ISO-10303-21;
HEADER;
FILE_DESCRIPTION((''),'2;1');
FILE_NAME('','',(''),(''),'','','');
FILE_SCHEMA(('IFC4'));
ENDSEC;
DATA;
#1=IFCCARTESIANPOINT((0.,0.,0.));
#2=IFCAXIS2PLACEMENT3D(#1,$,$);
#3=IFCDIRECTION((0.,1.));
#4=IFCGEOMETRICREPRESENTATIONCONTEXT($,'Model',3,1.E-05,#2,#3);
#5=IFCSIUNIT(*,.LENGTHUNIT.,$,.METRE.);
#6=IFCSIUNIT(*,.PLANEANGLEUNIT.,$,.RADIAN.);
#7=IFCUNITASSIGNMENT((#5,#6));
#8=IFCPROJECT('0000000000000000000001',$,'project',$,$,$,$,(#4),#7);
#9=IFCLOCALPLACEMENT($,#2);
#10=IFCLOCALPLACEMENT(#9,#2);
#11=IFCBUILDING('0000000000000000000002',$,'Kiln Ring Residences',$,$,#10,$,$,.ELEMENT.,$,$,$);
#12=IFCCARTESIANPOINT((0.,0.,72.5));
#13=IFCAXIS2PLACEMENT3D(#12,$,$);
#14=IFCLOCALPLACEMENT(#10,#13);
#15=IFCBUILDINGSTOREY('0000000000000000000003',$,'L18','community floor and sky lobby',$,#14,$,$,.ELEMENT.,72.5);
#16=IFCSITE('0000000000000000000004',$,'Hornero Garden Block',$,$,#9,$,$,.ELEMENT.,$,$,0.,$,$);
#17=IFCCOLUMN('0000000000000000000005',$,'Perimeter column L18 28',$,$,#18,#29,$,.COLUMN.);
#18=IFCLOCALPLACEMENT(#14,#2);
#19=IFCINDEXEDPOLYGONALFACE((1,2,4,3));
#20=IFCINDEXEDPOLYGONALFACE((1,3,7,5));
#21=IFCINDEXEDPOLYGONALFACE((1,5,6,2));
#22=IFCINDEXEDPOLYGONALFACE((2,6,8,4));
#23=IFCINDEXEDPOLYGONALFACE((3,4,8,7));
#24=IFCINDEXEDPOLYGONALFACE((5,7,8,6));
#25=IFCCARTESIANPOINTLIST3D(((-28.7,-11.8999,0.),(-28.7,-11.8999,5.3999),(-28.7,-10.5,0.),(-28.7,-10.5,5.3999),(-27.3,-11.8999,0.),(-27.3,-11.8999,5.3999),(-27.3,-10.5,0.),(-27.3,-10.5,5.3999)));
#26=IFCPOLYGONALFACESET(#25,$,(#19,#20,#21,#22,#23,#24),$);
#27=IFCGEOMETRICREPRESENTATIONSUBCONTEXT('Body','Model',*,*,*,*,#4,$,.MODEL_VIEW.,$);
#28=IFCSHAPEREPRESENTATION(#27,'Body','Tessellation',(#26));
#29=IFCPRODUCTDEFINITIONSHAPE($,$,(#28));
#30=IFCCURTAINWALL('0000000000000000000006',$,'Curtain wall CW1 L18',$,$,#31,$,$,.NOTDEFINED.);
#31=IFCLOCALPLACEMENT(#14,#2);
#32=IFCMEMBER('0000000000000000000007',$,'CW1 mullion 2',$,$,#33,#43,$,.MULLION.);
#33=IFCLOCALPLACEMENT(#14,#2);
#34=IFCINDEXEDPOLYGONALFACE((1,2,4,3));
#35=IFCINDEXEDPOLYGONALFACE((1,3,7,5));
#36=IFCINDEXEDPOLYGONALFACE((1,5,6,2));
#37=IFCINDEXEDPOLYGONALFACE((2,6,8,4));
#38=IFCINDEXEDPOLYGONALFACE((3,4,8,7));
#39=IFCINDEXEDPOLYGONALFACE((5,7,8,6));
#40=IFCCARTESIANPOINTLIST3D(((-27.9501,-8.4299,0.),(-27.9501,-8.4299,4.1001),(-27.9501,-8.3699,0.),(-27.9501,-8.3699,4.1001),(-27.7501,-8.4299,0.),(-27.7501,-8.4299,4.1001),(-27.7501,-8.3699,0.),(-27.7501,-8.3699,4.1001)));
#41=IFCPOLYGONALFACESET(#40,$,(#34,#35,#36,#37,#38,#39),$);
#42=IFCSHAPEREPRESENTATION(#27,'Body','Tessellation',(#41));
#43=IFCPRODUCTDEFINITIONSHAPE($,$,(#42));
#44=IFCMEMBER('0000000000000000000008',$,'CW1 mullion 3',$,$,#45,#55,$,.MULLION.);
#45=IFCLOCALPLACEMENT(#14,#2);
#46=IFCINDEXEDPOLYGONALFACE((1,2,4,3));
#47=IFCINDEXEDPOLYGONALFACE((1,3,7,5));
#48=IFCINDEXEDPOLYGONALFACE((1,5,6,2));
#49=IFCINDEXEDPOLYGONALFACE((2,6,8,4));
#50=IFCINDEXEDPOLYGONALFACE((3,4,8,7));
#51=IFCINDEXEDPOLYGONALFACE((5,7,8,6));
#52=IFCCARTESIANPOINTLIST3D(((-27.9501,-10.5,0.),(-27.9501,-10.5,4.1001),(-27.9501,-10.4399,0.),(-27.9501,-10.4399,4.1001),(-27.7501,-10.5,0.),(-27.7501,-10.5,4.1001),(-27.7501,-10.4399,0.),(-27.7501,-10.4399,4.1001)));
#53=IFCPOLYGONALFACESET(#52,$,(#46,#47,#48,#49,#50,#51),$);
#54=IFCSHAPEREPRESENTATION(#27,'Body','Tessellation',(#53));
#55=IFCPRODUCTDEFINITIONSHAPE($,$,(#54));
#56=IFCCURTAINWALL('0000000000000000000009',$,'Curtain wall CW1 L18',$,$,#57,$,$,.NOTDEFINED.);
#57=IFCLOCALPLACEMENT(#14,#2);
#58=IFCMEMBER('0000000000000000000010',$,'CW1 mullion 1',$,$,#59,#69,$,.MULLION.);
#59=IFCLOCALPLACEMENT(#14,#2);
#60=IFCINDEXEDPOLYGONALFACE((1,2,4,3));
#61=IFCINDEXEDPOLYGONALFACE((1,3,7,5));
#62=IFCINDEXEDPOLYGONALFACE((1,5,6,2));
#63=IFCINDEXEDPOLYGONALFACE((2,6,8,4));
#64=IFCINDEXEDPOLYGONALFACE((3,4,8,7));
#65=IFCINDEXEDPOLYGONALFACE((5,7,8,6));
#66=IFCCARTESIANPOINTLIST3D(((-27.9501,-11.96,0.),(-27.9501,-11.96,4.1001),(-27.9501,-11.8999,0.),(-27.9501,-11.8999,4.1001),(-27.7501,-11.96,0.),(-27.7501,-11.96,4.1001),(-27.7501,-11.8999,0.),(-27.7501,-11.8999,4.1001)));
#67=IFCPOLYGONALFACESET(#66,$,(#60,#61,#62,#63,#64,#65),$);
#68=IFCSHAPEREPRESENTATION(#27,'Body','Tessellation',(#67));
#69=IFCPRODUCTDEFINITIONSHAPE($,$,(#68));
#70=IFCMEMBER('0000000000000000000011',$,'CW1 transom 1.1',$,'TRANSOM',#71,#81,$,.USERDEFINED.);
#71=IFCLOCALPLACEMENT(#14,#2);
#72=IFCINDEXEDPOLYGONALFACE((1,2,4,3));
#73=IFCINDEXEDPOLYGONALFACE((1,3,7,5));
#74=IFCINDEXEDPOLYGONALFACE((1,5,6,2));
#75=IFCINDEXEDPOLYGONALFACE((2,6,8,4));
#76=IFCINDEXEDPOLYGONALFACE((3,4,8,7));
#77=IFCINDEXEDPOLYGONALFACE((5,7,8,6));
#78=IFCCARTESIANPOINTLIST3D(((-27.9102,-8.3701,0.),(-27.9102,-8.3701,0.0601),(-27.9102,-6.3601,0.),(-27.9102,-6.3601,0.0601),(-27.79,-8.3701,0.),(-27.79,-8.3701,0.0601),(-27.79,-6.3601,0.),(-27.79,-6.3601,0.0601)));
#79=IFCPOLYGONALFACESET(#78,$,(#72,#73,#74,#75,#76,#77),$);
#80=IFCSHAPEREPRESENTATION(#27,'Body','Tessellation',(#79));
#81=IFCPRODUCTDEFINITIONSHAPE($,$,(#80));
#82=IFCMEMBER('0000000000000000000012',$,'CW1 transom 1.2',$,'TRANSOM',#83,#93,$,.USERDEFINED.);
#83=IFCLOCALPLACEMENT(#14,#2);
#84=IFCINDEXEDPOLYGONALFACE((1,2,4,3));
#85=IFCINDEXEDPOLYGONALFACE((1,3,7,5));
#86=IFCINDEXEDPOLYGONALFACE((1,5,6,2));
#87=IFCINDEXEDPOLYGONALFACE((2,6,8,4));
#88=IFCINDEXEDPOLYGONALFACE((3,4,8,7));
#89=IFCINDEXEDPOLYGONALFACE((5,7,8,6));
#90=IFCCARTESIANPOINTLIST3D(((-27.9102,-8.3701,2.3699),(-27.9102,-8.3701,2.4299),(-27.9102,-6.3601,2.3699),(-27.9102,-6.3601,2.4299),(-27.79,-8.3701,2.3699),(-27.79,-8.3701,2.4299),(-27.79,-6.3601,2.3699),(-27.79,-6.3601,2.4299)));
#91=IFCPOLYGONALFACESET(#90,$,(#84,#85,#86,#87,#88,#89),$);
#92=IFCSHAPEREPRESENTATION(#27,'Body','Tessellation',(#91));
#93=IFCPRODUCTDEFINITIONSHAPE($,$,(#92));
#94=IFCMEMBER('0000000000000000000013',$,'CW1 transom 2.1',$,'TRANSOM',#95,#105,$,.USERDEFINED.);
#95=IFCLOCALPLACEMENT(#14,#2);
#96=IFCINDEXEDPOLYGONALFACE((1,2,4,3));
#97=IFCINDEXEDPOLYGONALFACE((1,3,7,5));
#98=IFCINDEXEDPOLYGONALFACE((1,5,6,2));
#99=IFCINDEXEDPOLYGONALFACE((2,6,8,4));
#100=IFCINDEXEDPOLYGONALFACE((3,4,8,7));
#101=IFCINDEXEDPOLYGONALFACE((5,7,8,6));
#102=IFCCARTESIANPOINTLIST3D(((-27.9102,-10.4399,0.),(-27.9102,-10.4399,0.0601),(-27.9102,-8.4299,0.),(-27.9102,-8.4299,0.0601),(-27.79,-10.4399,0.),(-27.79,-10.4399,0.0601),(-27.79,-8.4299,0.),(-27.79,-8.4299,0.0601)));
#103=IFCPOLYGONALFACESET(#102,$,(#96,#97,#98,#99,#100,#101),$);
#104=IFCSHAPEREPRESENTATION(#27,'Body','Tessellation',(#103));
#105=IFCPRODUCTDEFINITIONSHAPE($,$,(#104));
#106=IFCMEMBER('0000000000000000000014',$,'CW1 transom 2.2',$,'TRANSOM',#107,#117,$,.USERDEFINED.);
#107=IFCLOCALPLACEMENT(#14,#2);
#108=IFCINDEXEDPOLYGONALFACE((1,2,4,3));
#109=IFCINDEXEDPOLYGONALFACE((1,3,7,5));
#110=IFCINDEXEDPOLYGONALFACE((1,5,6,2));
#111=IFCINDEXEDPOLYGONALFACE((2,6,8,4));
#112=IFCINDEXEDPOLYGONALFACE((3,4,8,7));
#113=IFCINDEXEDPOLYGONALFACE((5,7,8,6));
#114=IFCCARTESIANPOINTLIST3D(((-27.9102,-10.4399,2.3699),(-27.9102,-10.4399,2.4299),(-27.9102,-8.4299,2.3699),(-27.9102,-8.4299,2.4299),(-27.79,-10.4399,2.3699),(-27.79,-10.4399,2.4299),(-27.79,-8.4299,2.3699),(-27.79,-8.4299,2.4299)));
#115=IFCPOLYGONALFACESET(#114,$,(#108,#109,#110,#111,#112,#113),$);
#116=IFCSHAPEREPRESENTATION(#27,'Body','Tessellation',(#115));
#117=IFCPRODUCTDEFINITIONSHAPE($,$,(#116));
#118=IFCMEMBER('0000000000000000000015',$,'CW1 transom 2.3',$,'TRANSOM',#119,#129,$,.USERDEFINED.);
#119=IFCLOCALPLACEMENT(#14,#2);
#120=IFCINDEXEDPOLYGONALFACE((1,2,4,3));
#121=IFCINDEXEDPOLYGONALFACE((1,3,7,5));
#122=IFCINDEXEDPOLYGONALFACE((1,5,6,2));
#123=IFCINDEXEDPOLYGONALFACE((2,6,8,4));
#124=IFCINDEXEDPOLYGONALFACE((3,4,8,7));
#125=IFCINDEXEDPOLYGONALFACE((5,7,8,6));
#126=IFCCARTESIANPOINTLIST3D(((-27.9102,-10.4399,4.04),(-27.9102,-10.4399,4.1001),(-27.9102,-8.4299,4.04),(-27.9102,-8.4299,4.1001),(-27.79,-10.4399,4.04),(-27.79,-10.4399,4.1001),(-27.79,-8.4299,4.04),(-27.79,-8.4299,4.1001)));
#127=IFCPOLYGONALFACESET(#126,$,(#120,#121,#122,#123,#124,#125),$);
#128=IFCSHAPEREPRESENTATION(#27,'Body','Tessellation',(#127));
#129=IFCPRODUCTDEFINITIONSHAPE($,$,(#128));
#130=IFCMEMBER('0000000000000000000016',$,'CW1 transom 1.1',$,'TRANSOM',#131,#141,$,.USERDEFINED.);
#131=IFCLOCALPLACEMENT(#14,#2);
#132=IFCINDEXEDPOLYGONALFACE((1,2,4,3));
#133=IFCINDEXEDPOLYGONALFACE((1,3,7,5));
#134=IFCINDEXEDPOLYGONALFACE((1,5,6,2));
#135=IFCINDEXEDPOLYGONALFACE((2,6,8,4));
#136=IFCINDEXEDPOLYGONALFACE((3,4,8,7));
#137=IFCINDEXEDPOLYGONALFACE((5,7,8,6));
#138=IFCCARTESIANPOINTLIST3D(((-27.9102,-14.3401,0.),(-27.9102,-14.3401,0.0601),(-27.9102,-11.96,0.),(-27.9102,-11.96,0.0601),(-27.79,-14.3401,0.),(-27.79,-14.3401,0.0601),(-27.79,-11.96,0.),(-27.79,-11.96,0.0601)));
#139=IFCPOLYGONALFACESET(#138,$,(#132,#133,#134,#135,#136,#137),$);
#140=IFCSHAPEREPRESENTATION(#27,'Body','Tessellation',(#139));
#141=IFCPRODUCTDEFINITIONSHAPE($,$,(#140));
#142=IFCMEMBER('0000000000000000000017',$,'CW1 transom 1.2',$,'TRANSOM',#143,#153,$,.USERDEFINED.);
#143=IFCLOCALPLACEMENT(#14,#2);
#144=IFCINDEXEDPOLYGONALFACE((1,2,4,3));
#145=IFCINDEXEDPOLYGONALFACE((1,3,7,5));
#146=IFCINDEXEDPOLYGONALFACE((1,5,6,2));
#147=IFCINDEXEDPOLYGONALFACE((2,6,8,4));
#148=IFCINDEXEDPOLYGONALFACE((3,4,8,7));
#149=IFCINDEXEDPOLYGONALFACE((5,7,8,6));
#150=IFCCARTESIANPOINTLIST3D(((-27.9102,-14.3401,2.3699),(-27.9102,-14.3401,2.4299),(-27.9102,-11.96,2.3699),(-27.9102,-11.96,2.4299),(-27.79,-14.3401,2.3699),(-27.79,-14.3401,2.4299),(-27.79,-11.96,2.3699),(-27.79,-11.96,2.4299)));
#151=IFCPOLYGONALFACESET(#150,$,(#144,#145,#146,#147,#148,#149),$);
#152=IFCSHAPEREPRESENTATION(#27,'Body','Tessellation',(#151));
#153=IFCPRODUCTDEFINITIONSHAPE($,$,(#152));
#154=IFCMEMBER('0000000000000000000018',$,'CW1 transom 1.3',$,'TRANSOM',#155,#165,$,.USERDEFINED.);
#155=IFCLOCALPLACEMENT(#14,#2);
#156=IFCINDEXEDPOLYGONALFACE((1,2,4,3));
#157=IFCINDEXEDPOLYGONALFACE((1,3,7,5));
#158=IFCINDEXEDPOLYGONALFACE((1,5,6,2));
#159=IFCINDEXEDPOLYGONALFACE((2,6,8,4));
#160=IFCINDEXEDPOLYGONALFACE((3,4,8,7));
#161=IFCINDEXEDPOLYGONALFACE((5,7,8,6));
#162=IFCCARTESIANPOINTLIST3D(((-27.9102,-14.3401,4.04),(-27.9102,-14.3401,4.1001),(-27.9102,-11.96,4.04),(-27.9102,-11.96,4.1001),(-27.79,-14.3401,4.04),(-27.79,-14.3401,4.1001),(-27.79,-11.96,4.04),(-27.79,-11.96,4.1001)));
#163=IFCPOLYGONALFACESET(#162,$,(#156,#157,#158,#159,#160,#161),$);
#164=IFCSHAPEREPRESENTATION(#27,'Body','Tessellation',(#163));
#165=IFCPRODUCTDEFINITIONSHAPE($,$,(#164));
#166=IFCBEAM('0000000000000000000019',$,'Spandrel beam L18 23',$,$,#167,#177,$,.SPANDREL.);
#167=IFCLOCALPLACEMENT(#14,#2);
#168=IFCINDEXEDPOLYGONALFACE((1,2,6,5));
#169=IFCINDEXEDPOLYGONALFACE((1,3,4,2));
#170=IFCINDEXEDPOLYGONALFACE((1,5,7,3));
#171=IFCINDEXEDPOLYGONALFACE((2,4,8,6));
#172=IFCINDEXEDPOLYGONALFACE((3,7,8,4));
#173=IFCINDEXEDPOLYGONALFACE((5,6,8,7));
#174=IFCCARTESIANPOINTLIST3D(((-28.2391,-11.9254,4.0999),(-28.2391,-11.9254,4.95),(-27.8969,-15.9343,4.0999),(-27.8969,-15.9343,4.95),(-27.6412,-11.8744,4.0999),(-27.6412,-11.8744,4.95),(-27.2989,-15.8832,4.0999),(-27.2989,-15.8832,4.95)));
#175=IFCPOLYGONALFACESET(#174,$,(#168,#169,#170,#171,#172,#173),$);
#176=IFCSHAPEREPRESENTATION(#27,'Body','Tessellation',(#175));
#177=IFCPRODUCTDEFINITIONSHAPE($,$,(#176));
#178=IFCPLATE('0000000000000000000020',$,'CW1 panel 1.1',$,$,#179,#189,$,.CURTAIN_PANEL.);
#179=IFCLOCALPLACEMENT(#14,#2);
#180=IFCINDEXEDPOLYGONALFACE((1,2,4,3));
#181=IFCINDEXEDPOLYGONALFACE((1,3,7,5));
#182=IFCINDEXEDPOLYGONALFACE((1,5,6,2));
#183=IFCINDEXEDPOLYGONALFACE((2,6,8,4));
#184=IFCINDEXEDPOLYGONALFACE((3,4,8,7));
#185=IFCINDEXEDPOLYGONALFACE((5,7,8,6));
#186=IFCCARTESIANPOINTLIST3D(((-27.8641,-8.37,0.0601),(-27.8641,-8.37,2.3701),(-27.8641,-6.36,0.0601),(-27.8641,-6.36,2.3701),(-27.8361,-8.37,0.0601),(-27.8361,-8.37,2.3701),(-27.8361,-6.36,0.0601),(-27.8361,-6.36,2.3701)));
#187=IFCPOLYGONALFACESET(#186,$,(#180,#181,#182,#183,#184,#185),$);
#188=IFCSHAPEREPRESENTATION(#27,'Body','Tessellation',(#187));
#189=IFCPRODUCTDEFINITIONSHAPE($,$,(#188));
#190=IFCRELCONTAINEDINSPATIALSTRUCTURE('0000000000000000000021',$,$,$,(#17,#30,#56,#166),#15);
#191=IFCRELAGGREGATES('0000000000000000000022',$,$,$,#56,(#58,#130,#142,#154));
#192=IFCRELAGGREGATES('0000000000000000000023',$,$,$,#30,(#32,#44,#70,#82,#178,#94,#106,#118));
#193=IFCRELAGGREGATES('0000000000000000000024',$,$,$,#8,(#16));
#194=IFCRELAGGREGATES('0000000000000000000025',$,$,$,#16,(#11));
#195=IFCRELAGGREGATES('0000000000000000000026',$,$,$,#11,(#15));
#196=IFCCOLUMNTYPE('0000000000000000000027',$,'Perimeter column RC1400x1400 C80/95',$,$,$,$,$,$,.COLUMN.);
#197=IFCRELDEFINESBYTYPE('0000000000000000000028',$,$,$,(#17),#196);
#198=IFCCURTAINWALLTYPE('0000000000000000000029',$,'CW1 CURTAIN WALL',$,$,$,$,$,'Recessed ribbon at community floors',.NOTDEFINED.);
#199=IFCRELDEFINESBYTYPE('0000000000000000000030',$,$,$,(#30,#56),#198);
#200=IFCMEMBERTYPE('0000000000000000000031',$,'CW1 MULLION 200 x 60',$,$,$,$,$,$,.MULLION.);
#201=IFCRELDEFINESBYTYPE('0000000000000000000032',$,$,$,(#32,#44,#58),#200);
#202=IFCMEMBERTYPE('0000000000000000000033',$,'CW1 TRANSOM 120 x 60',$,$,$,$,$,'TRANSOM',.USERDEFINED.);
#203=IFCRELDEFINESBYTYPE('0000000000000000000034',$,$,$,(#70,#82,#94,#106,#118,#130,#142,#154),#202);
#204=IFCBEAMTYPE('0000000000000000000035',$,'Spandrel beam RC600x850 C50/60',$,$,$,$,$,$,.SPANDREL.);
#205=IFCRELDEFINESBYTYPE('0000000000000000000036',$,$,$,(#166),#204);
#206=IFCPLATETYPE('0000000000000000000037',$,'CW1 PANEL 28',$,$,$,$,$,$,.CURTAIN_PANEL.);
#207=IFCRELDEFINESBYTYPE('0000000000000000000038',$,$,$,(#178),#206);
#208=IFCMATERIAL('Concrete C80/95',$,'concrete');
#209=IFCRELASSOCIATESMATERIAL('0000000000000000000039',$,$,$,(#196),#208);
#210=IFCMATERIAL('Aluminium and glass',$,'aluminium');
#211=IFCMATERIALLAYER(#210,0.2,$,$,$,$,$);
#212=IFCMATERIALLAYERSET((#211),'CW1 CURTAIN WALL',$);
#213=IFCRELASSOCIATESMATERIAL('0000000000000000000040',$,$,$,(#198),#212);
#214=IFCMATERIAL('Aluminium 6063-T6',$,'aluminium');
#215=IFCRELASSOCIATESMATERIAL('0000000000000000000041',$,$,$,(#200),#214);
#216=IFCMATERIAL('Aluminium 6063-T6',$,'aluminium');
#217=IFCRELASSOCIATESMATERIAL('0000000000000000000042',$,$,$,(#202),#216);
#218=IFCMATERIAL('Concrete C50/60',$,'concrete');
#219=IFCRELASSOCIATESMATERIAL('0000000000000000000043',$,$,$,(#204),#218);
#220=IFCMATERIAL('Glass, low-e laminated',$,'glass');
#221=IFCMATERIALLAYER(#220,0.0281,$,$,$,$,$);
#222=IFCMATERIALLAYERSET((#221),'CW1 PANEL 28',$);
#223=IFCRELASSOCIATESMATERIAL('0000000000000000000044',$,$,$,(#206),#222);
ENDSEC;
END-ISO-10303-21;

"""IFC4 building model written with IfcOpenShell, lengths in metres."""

from ifc_helpers import new_model, si_unit, direction, frame, origin, origin_2d, place, context, subcontext, project, spatial, rectangle, extrude, material, layer, layer_set, material_profile, profile_set, type_object, element, aggregate, save


model = new_model("IFC4")

# Units and contexts
model_context = context("Model", 3, precision=1e-05, world=origin(), true_north=direction((0.0, 1.0)))
body_context = subcontext(model_context, "Body", "Model", "MODEL_VIEW")
ifc_project = project(units=[si_unit("LENGTHUNIT", "METRE"), si_unit("PLANEANGLEUNIT", "RADIAN")], contexts=[model_context])

# Site, building, storey
site_placement = place(None, origin())
site = spatial("IfcSite", under=ifc_project, at=site_placement, Name="Hornero Garden Block", CompositionType="ELEMENT", RefElevation=0.0)
building_placement = place(site_placement, origin())
building = spatial("IfcBuilding", under=site, at=building_placement, Name="Kiln Ring Residences", CompositionType="ELEMENT")
storey_placement = place(building_placement, frame((0.0, 0.0, 72.5)))
storey = spatial("IfcBuildingStorey", under=building, at=storey_placement, Name="L18", Description="community floor and sky lobby", CompositionType="ELEMENT", Elevation=72.5)

# Column
ifc_material_1 = material(Name="Concrete C80/95", Category="concrete")
ifc_material_profile_1 = material_profile(ifc_material_1, rectangle(XDim=1.3999, YDim=1.3999, at=origin_2d()), Name="RC1400x1400")
ifc_profile_set_1 = profile_set([ifc_material_profile_1], Name="Concrete C80/95")
column_type = type_object("IfcColumnType", Name="Perimeter column RC1400x1400 C80/95", PredefinedType="COLUMN", material=ifc_profile_set_1)
column_placement = place(storey_placement, frame((-28.0, -11.2, 0.0), z_axis=(0.0, 0.0, 1.0), x_axis=(1.0, 0.0, 0.0)))
element("IfcColumn", 1, at=column_placement, inside=storey, type_object=column_type, Name="Perimeter column L18 28", PredefinedType="COLUMN", context=body_context, shape_type="SweptSolid", body=[
    extrude(rectangle(XDim=1.3999, YDim=1.3999, at=origin_2d()), origin(), (0.0, 0.0, 1.0), 5.3999),
])

# Curtain wall, members
ifc_material_2 = material(Name="Aluminium and glass", Category="aluminium")
ifc_layer_1 = layer(ifc_material_2, 0.2)
ifc_layer_set_1 = layer_set([ifc_layer_1], Name="CW1 CURTAIN WALL")
curtain_wall_type = type_object("IfcCurtainWallType", Name="CW1 CURTAIN WALL", ElementType="Recessed ribbon at community floors", PredefinedType="NOTDEFINED", material=ifc_layer_set_1)
placement = place(storey_placement, origin())
curtain_wall_1 = element("IfcCurtainWall", 2, at=placement, inside=storey, type_object=curtain_wall_type, Name="Curtain wall CW1 L18", PredefinedType="NOTDEFINED")
ifc_material_3 = material(Name="Aluminium 6063-T6", Category="aluminium")
ifc_material_profile_2 = material_profile(ifc_material_3, rectangle(XDim=0.2, YDim=0.0601, at=origin_2d()), Name="AL 200x60")
ifc_profile_set_2 = profile_set([ifc_material_profile_2], Name="Aluminium 6063-T6")
member_type_1 = type_object("IfcMemberType", Name="CW1 MULLION 200 x 60", PredefinedType="MULLION", material=ifc_profile_set_2)
member_1_placement = place(storey_placement, frame((-27.8501, -8.3999, 0.0), z_axis=(0.0, 0.0, 1.0), x_axis=(1.0, 0.0, 0.0)))
member_1 = element("IfcMember", 3, at=member_1_placement, type_object=member_type_1, Name="CW1 mullion 2", PredefinedType="MULLION", context=body_context, shape_type="SweptSolid", body=[
    extrude(rectangle(XDim=0.2, YDim=0.0601, at=origin_2d()), origin(), (0.0, 0.0, 1.0), 4.1001),
])
member_2_placement = place(storey_placement, frame((-27.8501, -10.47, 0.0), z_axis=(0.0, 0.0, 1.0), x_axis=(1.0, 0.0, 0.0)))
member_2 = element("IfcMember", 4, at=member_2_placement, type_object=member_type_1, Name="CW1 mullion 3", PredefinedType="MULLION", context=body_context, shape_type="SweptSolid", body=[
    extrude(rectangle(XDim=0.2, YDim=0.0601, at=origin_2d()), origin(), (0.0, 0.0, 1.0), 4.1001),
])

# Curtain wall, member
curtain_wall_2 = element("IfcCurtainWall", 5, at=placement, inside=storey, type_object=curtain_wall_type, Name="Curtain wall CW1 L18", PredefinedType="NOTDEFINED")
member_3_placement = place(storey_placement, frame((-27.8501, -11.9299, 0.0), z_axis=(0.0, 0.0, 1.0), x_axis=(1.0, 0.0, 0.0)))
member_3 = element("IfcMember", 6, at=member_3_placement, type_object=member_type_1, Name="CW1 mullion 1", PredefinedType="MULLION", context=body_context, shape_type="SweptSolid", body=[
    extrude(rectangle(XDim=0.2, YDim=0.0601, at=origin_2d()), origin(), (0.0, 0.0, 1.0), 4.1001),
])

# Members
ifc_material_4 = material(Name="Aluminium 6063-T6", Category="aluminium")
ifc_material_profile_3 = material_profile(ifc_material_4, rectangle(XDim=0.1201, YDim=0.0601, at=origin_2d()), Name="AL 120x60")
ifc_profile_set_3 = profile_set([ifc_material_profile_3], Name="Aluminium 6063-T6")
member_type_2 = type_object("IfcMemberType", Name="CW1 TRANSOM 120 x 60", ElementType="TRANSOM", PredefinedType="USERDEFINED", material=ifc_profile_set_3)
member_4_placement = place(storey_placement, frame((-27.8501, -6.3601, 0.03), z_axis=(0.0, -1.0, 0.0), x_axis=(1.0, 0.0, 0.0)))
member_4 = element("IfcMember", 7, at=member_4_placement, type_object=member_type_2, Name="CW1 transom 1.1", ObjectType="TRANSOM", PredefinedType="USERDEFINED", context=body_context, shape_type="SweptSolid", body=[
    extrude(rectangle(XDim=0.1201, YDim=0.0601, at=origin_2d()), origin(), (0.0, 0.0, 1.0), 2.01),
])
member_5_placement = place(storey_placement, frame((-27.8501, -6.3601, 2.3999), z_axis=(0.0, -1.0, 0.0), x_axis=(1.0, 0.0, 0.0)))
member_5 = element("IfcMember", 8, at=member_5_placement, type_object=member_type_2, Name="CW1 transom 1.2", ObjectType="TRANSOM", PredefinedType="USERDEFINED", context=body_context, shape_type="SweptSolid", body=[
    extrude(rectangle(XDim=0.1201, YDim=0.0601, at=origin_2d()), origin(), (0.0, 0.0, 1.0), 2.01),
])
member_6_placement = place(storey_placement, frame((-27.8501, -8.4299, 0.03), z_axis=(0.0, -1.0, 0.0), x_axis=(1.0, 0.0, 0.0)))
member_6 = element("IfcMember", 9, at=member_6_placement, type_object=member_type_2, Name="CW1 transom 2.1", ObjectType="TRANSOM", PredefinedType="USERDEFINED", context=body_context, shape_type="SweptSolid", body=[
    extrude(rectangle(XDim=0.1201, YDim=0.0601, at=origin_2d()), origin(), (0.0, 0.0, 1.0), 2.01),
])
member_7_placement = place(storey_placement, frame((-27.8501, -8.4299, 2.3999), z_axis=(0.0, -1.0, 0.0), x_axis=(1.0, 0.0, 0.0)))
member_7 = element("IfcMember", 10, at=member_7_placement, type_object=member_type_2, Name="CW1 transom 2.2", ObjectType="TRANSOM", PredefinedType="USERDEFINED", context=body_context, shape_type="SweptSolid", body=[
    extrude(rectangle(XDim=0.1201, YDim=0.0601, at=origin_2d()), origin(), (0.0, 0.0, 1.0), 2.01),
])
member_8_placement = place(storey_placement, frame((-27.8501, -8.4299, 4.0701), z_axis=(0.0, -1.0, 0.0), x_axis=(1.0, 0.0, 0.0)))
member_8 = element("IfcMember", 11, at=member_8_placement, type_object=member_type_2, Name="CW1 transom 2.3", ObjectType="TRANSOM", PredefinedType="USERDEFINED", context=body_context, shape_type="SweptSolid", body=[
    extrude(rectangle(XDim=0.1201, YDim=0.0601, at=origin_2d()), origin(), (0.0, 0.0, 1.0), 2.01),
])
member_9_placement = place(storey_placement, frame((-27.8501, -11.96, 0.03), z_axis=(0.0, -1.0, 0.0), x_axis=(1.0, 0.0, 0.0)))
member_9 = element("IfcMember", 12, at=member_9_placement, type_object=member_type_2, Name="CW1 transom 1.1", ObjectType="TRANSOM", PredefinedType="USERDEFINED", context=body_context, shape_type="SweptSolid", body=[
    extrude(rectangle(XDim=0.1201, YDim=0.0601, at=origin_2d()), origin(), (0.0, 0.0, 1.0), 2.3801),
])
member_10_placement = place(storey_placement, frame((-27.8501, -11.96, 2.3999), z_axis=(0.0, -1.0, 0.0), x_axis=(1.0, 0.0, 0.0)))
member_10 = element("IfcMember", 13, at=member_10_placement, type_object=member_type_2, Name="CW1 transom 1.2", ObjectType="TRANSOM", PredefinedType="USERDEFINED", context=body_context, shape_type="SweptSolid", body=[
    extrude(rectangle(XDim=0.1201, YDim=0.0601, at=origin_2d()), origin(), (0.0, 0.0, 1.0), 2.3801),
])
member_11_placement = place(storey_placement, frame((-27.8501, -11.96, 4.0701), z_axis=(0.0, -1.0, 0.0), x_axis=(1.0, 0.0, 0.0)))
member_11 = element("IfcMember", 14, at=member_11_placement, type_object=member_type_2, Name="CW1 transom 1.3", ObjectType="TRANSOM", PredefinedType="USERDEFINED", context=body_context, shape_type="SweptSolid", body=[
    extrude(rectangle(XDim=0.1201, YDim=0.0601, at=origin_2d()), origin(), (0.0, 0.0, 1.0), 2.3801),
])
aggregate(curtain_wall_2, [member_3, member_9, member_10, member_11])

# Beam
ifc_material_5 = material(Name="Concrete C50/60", Category="concrete")
ifc_material_profile_4 = material_profile(ifc_material_5, rectangle(XDim=0.6001, YDim=0.8501, at=origin_2d()), Name="RC600x850")
ifc_profile_set_4 = profile_set([ifc_material_profile_4], Name="Concrete C50/60")
beam_type = type_object("IfcBeamType", Name="Spandrel beam RC600x850 C50/60", PredefinedType="SPANDREL", material=ifc_profile_set_4)
beam_placement = place(storey_placement, frame((-27.9402, -11.8999, 4.5249), z_axis=(0.085074, -0.996375, 0.0), x_axis=(0.996375, 0.085074, 0.0)))
element("IfcBeam", 15, at=beam_placement, inside=storey, type_object=beam_type, Name="Spandrel beam L18 23", PredefinedType="SPANDREL", context=body_context, shape_type="SweptSolid", body=[
    extrude(rectangle(XDim=0.6001, YDim=0.8501, at=origin_2d()), origin(), (0.0, 0.0, 1.0), 4.0234),
])

# Plate
ifc_material_6 = material(Name="Glass, low-e laminated", Category="glass")
ifc_layer_2 = layer(ifc_material_6, 0.0281)
ifc_layer_set_2 = layer_set([ifc_layer_2], Name="CW1 PANEL 28")
plate_type = type_object("IfcPlateType", Name="CW1 PANEL 28", PredefinedType="CURTAIN_PANEL", material=ifc_layer_set_2)
plate_1_placement = place(storey_placement, frame((-27.8501, -7.365, 0.0601), z_axis=(0.0, 0.0, 1.0), x_axis=(0.0, -1.0, 0.0)))
plate_1 = element("IfcPlate", 16, at=plate_1_placement, type_object=plate_type, Name="CW1 panel 1.1", PredefinedType="CURTAIN_PANEL", context=body_context, shape_type="SweptSolid", body=[
    extrude(rectangle(XDim=2.01, YDim=0.0281, at=origin_2d()), origin(), (0.0, 0.0, 1.0), 2.3101),
])
aggregate(curtain_wall_1, [member_1, member_2, member_4, member_5, plate_1, member_6, member_7, member_8])

save(model, "model.ifc")
